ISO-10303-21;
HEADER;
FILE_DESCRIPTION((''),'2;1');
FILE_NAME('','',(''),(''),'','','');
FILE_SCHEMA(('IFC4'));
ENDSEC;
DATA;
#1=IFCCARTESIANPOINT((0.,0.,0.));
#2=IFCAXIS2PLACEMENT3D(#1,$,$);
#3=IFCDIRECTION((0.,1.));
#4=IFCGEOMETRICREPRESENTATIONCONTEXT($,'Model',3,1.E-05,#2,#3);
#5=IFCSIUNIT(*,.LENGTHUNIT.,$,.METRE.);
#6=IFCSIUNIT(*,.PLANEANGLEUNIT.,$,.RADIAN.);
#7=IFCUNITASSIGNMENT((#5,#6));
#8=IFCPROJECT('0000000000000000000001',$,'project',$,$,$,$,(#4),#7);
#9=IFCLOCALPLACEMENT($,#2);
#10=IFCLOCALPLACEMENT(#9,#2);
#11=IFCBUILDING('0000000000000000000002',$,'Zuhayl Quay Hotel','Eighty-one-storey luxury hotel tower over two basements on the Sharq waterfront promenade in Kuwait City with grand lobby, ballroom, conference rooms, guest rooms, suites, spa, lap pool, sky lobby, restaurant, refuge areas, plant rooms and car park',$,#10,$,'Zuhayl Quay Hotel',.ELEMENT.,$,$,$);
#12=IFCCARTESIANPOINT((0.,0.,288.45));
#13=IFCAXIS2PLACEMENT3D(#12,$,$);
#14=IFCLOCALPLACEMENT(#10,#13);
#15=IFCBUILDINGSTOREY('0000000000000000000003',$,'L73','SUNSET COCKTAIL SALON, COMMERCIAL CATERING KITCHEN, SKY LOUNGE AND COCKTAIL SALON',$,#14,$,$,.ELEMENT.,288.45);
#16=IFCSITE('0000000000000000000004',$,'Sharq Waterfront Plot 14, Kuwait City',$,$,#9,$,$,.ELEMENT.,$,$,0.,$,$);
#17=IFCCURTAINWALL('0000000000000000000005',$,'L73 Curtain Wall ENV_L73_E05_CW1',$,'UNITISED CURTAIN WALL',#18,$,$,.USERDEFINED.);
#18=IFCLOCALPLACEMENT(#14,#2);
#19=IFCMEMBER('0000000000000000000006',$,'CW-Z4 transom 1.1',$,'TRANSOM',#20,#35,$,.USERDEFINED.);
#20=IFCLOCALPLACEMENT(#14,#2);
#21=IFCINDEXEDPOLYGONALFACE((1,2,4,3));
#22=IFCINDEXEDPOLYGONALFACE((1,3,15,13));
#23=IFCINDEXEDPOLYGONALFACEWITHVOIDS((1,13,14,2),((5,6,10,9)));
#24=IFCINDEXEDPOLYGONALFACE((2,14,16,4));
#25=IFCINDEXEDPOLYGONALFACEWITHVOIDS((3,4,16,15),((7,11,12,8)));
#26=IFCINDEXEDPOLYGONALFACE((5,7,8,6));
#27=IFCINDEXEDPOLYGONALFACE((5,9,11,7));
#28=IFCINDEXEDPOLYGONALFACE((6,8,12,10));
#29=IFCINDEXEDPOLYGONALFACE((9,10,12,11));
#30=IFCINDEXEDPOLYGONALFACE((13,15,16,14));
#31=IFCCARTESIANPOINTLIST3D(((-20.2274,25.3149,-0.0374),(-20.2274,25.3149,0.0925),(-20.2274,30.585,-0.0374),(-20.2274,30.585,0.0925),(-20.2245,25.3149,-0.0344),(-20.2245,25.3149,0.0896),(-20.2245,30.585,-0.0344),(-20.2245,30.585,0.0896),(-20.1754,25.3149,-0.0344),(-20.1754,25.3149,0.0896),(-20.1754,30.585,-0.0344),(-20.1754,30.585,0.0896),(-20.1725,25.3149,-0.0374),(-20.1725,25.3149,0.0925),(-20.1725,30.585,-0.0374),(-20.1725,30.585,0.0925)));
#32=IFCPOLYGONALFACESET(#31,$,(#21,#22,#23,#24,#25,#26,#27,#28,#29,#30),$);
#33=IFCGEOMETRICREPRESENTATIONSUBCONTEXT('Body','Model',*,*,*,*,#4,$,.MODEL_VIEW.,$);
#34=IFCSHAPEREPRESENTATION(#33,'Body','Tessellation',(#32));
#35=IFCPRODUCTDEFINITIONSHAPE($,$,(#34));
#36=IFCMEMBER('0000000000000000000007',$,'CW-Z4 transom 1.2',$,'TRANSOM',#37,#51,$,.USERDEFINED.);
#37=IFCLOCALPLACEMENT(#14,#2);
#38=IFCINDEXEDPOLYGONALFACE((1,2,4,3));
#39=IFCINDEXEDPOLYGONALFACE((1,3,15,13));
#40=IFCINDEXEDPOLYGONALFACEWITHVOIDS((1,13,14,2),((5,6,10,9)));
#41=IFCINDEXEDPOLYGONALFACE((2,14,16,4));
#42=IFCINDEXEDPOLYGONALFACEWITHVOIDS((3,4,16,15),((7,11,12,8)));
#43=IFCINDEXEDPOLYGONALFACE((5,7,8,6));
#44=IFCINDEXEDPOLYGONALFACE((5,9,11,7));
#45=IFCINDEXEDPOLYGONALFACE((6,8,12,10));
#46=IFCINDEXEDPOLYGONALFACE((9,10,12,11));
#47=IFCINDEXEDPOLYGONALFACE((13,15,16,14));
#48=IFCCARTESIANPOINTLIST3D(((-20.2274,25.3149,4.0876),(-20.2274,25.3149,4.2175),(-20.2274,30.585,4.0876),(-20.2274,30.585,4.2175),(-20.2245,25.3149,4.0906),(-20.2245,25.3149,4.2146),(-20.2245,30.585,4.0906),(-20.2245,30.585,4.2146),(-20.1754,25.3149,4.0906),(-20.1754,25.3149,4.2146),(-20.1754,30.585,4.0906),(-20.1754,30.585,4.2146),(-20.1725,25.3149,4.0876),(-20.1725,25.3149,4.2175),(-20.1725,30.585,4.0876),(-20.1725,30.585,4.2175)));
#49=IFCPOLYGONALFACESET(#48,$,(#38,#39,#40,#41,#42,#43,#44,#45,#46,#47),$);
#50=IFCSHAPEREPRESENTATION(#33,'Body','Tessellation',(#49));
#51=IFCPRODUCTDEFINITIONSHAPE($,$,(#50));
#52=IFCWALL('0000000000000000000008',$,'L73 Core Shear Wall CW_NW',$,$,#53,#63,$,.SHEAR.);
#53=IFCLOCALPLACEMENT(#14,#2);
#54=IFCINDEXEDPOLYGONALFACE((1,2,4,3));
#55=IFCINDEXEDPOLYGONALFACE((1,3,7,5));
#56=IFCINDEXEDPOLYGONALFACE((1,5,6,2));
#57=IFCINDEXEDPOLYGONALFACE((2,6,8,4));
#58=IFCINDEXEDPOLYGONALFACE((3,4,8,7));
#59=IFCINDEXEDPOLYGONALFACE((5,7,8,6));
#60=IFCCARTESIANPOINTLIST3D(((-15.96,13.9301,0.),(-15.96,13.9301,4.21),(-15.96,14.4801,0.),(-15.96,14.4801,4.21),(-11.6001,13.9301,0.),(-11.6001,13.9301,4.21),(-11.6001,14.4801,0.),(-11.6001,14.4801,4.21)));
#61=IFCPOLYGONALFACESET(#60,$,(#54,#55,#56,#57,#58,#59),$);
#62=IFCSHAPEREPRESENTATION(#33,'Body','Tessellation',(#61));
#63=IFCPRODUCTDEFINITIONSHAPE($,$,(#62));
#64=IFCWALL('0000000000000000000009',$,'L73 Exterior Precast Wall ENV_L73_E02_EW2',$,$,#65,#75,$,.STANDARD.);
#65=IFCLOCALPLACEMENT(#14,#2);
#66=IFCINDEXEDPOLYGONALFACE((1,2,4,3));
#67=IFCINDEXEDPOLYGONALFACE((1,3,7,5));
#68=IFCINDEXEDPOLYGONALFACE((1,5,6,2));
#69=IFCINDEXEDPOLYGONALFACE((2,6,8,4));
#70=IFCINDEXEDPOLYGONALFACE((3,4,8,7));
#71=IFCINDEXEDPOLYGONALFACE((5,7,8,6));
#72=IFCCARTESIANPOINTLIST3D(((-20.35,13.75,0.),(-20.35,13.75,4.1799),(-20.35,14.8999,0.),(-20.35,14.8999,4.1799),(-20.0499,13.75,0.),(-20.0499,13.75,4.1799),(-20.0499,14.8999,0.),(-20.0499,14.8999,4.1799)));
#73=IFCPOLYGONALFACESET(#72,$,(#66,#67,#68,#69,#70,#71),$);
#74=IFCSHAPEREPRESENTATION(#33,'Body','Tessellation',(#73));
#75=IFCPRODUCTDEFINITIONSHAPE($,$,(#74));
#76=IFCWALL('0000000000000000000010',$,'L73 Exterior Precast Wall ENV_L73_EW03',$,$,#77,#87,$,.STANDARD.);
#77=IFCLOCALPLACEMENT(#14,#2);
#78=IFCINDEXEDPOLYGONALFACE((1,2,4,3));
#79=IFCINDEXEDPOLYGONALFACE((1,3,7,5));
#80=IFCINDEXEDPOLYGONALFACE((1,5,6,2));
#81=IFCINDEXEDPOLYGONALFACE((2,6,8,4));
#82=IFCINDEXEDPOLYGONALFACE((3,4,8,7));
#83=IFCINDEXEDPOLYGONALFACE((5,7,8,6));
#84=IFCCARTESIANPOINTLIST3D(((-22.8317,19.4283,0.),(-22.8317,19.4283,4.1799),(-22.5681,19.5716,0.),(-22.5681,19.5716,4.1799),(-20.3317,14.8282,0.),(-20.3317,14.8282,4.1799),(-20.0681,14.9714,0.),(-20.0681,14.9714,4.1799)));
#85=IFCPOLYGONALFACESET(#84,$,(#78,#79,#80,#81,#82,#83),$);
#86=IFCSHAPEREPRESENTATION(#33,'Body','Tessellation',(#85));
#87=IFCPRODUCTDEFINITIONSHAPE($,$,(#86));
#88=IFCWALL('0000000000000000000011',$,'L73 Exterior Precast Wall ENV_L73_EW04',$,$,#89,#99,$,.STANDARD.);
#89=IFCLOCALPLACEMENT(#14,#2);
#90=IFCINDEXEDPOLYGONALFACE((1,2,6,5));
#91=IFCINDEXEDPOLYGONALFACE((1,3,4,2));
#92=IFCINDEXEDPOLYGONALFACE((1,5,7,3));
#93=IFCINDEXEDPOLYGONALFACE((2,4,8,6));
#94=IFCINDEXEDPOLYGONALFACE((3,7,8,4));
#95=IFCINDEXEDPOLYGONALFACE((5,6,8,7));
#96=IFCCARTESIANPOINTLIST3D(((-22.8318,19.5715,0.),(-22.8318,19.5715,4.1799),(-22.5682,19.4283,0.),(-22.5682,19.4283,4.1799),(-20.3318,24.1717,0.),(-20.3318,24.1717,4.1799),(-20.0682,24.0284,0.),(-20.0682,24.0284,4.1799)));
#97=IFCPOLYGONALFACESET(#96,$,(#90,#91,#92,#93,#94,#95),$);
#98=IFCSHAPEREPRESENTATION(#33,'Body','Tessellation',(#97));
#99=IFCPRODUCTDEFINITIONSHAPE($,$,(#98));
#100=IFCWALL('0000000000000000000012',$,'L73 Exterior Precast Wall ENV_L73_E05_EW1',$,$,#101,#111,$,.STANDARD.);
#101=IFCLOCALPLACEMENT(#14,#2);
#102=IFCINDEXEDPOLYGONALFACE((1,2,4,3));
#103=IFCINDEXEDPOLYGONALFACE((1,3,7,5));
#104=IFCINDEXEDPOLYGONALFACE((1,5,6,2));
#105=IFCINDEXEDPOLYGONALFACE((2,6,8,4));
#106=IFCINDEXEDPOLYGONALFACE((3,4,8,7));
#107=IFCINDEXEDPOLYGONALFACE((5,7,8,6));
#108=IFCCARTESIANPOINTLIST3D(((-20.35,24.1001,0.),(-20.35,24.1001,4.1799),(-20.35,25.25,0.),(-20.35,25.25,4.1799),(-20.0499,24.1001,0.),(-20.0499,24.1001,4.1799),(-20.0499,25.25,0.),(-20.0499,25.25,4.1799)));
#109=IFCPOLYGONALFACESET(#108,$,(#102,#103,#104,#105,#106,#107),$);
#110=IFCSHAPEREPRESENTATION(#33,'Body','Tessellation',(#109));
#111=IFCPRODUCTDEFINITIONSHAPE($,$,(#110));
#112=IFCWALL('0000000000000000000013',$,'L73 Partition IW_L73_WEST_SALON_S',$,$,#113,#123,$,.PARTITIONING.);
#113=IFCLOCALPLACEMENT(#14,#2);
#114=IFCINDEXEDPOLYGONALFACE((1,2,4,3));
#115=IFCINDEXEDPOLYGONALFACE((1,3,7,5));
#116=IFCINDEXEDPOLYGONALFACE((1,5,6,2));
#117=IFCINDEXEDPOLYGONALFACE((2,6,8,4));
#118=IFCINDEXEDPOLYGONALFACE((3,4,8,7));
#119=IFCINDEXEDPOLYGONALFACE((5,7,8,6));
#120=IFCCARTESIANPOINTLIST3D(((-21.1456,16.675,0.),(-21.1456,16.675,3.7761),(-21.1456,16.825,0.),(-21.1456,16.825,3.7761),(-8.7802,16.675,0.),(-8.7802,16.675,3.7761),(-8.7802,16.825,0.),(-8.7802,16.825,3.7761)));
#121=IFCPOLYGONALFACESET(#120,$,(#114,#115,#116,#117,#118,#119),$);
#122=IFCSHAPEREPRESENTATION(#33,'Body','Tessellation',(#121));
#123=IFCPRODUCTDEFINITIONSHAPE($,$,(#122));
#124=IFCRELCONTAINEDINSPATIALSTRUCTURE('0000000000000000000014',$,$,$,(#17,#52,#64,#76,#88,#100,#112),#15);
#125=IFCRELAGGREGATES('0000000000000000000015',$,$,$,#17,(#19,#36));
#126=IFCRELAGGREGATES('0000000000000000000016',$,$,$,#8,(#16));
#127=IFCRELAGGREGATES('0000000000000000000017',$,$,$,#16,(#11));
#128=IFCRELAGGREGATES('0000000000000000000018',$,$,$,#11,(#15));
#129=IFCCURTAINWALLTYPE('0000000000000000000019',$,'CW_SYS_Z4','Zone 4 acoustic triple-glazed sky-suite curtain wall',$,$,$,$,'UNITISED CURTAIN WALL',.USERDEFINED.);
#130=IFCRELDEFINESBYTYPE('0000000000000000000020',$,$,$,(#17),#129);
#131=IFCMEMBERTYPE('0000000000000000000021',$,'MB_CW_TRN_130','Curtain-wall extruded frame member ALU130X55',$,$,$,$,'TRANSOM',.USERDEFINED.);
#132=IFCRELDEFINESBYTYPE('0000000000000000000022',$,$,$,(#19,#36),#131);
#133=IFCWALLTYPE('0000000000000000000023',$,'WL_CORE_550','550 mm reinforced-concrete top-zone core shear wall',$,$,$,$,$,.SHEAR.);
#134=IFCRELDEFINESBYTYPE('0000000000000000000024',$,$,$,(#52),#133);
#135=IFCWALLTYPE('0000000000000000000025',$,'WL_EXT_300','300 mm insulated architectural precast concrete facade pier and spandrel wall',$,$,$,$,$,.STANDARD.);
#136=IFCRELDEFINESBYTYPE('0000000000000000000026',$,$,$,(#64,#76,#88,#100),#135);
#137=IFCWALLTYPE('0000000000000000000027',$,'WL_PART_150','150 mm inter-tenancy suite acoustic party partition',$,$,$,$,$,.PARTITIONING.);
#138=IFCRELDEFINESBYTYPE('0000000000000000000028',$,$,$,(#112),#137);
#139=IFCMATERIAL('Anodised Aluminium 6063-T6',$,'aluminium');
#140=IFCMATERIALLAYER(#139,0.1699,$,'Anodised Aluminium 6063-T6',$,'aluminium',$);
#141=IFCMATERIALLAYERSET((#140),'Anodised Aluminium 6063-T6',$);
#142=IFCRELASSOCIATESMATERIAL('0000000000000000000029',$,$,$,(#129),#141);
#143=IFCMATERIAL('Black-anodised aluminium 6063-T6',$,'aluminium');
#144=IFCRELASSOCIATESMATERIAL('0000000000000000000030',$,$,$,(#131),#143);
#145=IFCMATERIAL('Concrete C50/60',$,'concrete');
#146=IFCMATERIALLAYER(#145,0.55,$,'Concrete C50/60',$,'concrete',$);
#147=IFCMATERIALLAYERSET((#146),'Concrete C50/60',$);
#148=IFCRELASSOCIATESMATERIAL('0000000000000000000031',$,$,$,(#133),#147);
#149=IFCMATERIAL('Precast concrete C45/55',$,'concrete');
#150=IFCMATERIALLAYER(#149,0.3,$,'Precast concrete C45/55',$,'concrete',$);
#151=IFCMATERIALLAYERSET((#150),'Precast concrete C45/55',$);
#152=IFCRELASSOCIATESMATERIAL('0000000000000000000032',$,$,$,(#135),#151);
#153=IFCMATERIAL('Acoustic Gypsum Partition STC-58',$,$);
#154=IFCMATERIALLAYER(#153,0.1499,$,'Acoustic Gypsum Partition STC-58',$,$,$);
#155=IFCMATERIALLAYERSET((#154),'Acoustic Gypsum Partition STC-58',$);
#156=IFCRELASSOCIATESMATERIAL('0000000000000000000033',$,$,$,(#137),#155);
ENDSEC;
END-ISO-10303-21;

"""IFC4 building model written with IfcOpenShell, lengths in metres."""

from ifc_helpers import new_model, si_unit, direction, frame, frame_2d, origin, origin_2d, place, context, subcontext, project, spatial, rectangle, hollow_rectangle, extrude, material, layer, layer_set, material_profile, profile_set, type_object, element, aggregate, save


model = new_model("IFC4")

# Units and contexts
model_context = context("Model", 3, precision=1e-05, world=origin(), true_north=direction((0.0, 1.0)))
body_context = subcontext(model_context, "Body", "Model", "MODEL_VIEW")
ifc_project = project(units=[si_unit("LENGTHUNIT", "METRE"), si_unit("PLANEANGLEUNIT", "RADIAN")], contexts=[model_context])

# Site, building, storey
site_placement = place(None, origin())
site = spatial("IfcSite", under=ifc_project, at=site_placement, Name="Sharq Waterfront Plot 14, Kuwait City", CompositionType="ELEMENT", RefElevation=0.0)
building_placement = place(site_placement, origin())
building = spatial("IfcBuilding", under=site, at=building_placement, Name="Zuhayl Quay Hotel", Description="Eighty-one-storey luxury hotel tower over two basements on the Sharq waterfront promenade in Kuwait City with grand lobby, ballroom, conference rooms, guest rooms, suites, spa, lap pool, sky lobby, restaurant, refuge areas, plant rooms and car park", LongName="Zuhayl Quay Hotel", CompositionType="ELEMENT")
storey_placement = place(building_placement, frame((0.0, 0.0, 288.45)))
storey = spatial("IfcBuildingStorey", under=building, at=storey_placement, Name="L73", Description="SUNSET COCKTAIL SALON, COMMERCIAL CATERING KITCHEN, SKY LOUNGE AND COCKTAIL SALON", CompositionType="ELEMENT", Elevation=288.45)

# Shared definitions
ifc_material_1 = material(Name="Anodised Aluminium 6063-T6", Category="aluminium")
ifc_layer_1 = layer(ifc_material_1, 0.1699, Name="Anodised Aluminium 6063-T6", Category="aluminium")
ifc_layer_set_1 = layer_set([ifc_layer_1], Name="Anodised Aluminium 6063-T6")
curtain_wall_type = type_object("IfcCurtainWallType", Name="CW_SYS_Z4", Description="Zone 4 acoustic triple-glazed sky-suite curtain wall", ElementType="UNITISED CURTAIN WALL", PredefinedType="USERDEFINED", material=ifc_layer_set_1)
ifc_material_2 = material(Name="Black-anodised aluminium 6063-T6", Category="aluminium")

# Curtain wall, members
curtain_wall_1_placement = place(storey_placement, origin())
curtain_wall_1 = element("IfcCurtainWall", 1, at=curtain_wall_1_placement, inside=storey, type_object=curtain_wall_type, Name="L73 Curtain Wall ENV_L73_E05_CW1", ObjectType="UNITISED CURTAIN WALL", PredefinedType="USERDEFINED")
ifc_material_profile_1 = material_profile(ifc_material_2, hollow_rectangle(XDim=0.0549, YDim=0.1299, WallThickness=0.0029, at=origin_2d()), Name="ALU130X55")
ifc_profile_set_1 = profile_set([ifc_material_profile_1], Name="Black-anodised aluminium 6063-T6")
member_type_1 = type_object("IfcMemberType", Name="MB_CW_TRN_130", Description="Curtain-wall extruded frame member ALU130X55", ElementType="TRANSOM", PredefinedType="USERDEFINED", material=ifc_profile_set_1)
member_1_placement = place(storey_placement, frame((-20.2, 25.3149, 0.0276), z_axis=(0.0, 1.0, 0.0), x_axis=(-1.0, 0.0, 0.0)))
member_1 = element("IfcMember", 2, at=member_1_placement, type_object=member_type_1, Name="CW-Z4 transom 1.1", ObjectType="TRANSOM", PredefinedType="USERDEFINED", context=body_context, shape_type="SweptSolid", body=[
    extrude(hollow_rectangle(XDim=0.0549, YDim=0.1299, WallThickness=0.0029, at=origin_2d()), origin(), (0.0, 0.0, 1.0), 5.27),
])
member_2_placement = place(storey_placement, frame((-20.2, 25.3149, 4.1526), z_axis=(0.0, 1.0, 0.0), x_axis=(-1.0, 0.0, 0.0)))
member_2 = element("IfcMember", 3, at=member_2_placement, type_object=member_type_1, Name="CW-Z4 transom 1.2", ObjectType="TRANSOM", PredefinedType="USERDEFINED", context=body_context, shape_type="SweptSolid", body=[
    extrude(hollow_rectangle(XDim=0.0549, YDim=0.1299, WallThickness=0.0029, at=origin_2d()), origin(), (0.0, 0.0, 1.0), 5.27),
])
aggregate(curtain_wall_1, [member_1, member_2])

# Walls
ifc_material_3 = material(Name="Concrete C50/60", Category="concrete")
ifc_layer_2 = layer(ifc_material_3, 0.55, Name="Concrete C50/60", Category="concrete")
ifc_layer_set_2 = layer_set([ifc_layer_2], Name="Concrete C50/60")
wall_type_1 = type_object("IfcWallType", Name="WL_CORE_550", Description="550 mm reinforced-concrete top-zone core shear wall", PredefinedType="SHEAR", material=ifc_layer_set_2)
wall_1_placement = place(storey_placement, frame((-15.96, 14.2051, 0.0), z_axis=(0.0, 0.0, 1.0), x_axis=(1.0, 0.0, 0.0)))
element("IfcWall", 4, at=wall_1_placement, inside=storey, type_object=wall_type_1, Name="L73 Core Shear Wall CW_NW", PredefinedType="SHEAR", context=body_context, shape_type="SweptSolid", body=[
    extrude(rectangle(XDim=4.3599, YDim=0.55, at=frame_2d((2.1799, 0.0))), origin(), (0.0, 0.0, 1.0), 4.21),
])
ifc_material_4 = material(Name="Precast concrete C45/55", Category="concrete")
ifc_layer_3 = layer(ifc_material_4, 0.3, Name="Precast concrete C45/55", Category="concrete")
ifc_layer_set_3 = layer_set([ifc_layer_3], Name="Precast concrete C45/55")
wall_type_2 = type_object("IfcWallType", Name="WL_EXT_300", Description="300 mm insulated architectural precast concrete facade pier and spandrel wall", PredefinedType="STANDARD", material=ifc_layer_set_3)
wall_2_placement = place(storey_placement, frame((-20.2, 13.75, 0.0), z_axis=(0.0, 0.0, 1.0), x_axis=(0.0, 1.0, 0.0)))
element("IfcWall", 5, at=wall_2_placement, inside=storey, type_object=wall_type_2, Name="L73 Exterior Precast Wall ENV_L73_E02_EW2", PredefinedType="STANDARD", context=body_context, shape_type="SweptSolid", body=[
    extrude(rectangle(XDim=1.1499, YDim=0.3, at=frame_2d((0.575, 0.0))), origin(), (0.0, 0.0, 1.0), 4.1799),
])
for number, where, z_axis, x_axis, name in (
    (6, (-20.2, 14.8999, 0.0), (0.0, 0.0, 1.0), (-0.477505, 0.878629, 0.0), "L73 Exterior Precast Wall ENV_L73_EW03"),
    (7, (-22.7, 19.5, 0.0), (0.0, 0.0, 1.0), (0.477505, 0.878629, 0.0), "L73 Exterior Precast Wall ENV_L73_EW04"),
):
    element("IfcWall", number, at=place(storey_placement, frame(where, z_axis=z_axis, x_axis=x_axis)), inside=storey, type_object=wall_type_2, Name=name, PredefinedType="STANDARD", context=body_context, shape_type="SweptSolid", body=[
        extrude(rectangle(XDim=5.2356, YDim=0.3, at=frame_2d((2.6177, 0.0))), origin(), (0.0, 0.0, 1.0), 4.1799),
    ])
wall_3_placement = place(storey_placement, frame((-20.2, 24.1001, 0.0), z_axis=(0.0, 0.0, 1.0), x_axis=(0.0, 1.0, 0.0)))
element("IfcWall", 8, at=wall_3_placement, inside=storey, type_object=wall_type_2, Name="L73 Exterior Precast Wall ENV_L73_E05_EW1", PredefinedType="STANDARD", context=body_context, shape_type="SweptSolid", body=[
    extrude(rectangle(XDim=1.1499, YDim=0.3, at=frame_2d((0.575, 0.0))), origin(), (0.0, 0.0, 1.0), 4.1799),
])
ifc_material_5 = material(Name="Acoustic Gypsum Partition STC-58")
ifc_layer_4 = layer(ifc_material_5, 0.1499, Name="Acoustic Gypsum Partition STC-58")
ifc_layer_set_4 = layer_set([ifc_layer_4], Name="Acoustic Gypsum Partition STC-58")
wall_type_3 = type_object("IfcWallType", Name="WL_PART_150", Description="150 mm inter-tenancy suite acoustic party partition", PredefinedType="PARTITIONING", material=ifc_layer_set_4)
wall_4_placement = place(storey_placement, frame((-21.1455, 16.75, 0.0), z_axis=(0.0, 0.0, 1.0), x_axis=(1.0, 0.0, 0.0)))
element("IfcWall", 9, at=wall_4_placement, inside=storey, type_object=wall_type_3, Name="L73 Partition IW_L73_WEST_SALON_S", PredefinedType="PARTITIONING", context=body_context, shape_type="SweptSolid", body=[
    extrude(rectangle(XDim=12.3655, YDim=0.1499, at=frame_2d((6.1826, 0.0))), origin(), (0.0, 0.0, 1.0), 3.7761),
])

save(model, "model.ifc")
